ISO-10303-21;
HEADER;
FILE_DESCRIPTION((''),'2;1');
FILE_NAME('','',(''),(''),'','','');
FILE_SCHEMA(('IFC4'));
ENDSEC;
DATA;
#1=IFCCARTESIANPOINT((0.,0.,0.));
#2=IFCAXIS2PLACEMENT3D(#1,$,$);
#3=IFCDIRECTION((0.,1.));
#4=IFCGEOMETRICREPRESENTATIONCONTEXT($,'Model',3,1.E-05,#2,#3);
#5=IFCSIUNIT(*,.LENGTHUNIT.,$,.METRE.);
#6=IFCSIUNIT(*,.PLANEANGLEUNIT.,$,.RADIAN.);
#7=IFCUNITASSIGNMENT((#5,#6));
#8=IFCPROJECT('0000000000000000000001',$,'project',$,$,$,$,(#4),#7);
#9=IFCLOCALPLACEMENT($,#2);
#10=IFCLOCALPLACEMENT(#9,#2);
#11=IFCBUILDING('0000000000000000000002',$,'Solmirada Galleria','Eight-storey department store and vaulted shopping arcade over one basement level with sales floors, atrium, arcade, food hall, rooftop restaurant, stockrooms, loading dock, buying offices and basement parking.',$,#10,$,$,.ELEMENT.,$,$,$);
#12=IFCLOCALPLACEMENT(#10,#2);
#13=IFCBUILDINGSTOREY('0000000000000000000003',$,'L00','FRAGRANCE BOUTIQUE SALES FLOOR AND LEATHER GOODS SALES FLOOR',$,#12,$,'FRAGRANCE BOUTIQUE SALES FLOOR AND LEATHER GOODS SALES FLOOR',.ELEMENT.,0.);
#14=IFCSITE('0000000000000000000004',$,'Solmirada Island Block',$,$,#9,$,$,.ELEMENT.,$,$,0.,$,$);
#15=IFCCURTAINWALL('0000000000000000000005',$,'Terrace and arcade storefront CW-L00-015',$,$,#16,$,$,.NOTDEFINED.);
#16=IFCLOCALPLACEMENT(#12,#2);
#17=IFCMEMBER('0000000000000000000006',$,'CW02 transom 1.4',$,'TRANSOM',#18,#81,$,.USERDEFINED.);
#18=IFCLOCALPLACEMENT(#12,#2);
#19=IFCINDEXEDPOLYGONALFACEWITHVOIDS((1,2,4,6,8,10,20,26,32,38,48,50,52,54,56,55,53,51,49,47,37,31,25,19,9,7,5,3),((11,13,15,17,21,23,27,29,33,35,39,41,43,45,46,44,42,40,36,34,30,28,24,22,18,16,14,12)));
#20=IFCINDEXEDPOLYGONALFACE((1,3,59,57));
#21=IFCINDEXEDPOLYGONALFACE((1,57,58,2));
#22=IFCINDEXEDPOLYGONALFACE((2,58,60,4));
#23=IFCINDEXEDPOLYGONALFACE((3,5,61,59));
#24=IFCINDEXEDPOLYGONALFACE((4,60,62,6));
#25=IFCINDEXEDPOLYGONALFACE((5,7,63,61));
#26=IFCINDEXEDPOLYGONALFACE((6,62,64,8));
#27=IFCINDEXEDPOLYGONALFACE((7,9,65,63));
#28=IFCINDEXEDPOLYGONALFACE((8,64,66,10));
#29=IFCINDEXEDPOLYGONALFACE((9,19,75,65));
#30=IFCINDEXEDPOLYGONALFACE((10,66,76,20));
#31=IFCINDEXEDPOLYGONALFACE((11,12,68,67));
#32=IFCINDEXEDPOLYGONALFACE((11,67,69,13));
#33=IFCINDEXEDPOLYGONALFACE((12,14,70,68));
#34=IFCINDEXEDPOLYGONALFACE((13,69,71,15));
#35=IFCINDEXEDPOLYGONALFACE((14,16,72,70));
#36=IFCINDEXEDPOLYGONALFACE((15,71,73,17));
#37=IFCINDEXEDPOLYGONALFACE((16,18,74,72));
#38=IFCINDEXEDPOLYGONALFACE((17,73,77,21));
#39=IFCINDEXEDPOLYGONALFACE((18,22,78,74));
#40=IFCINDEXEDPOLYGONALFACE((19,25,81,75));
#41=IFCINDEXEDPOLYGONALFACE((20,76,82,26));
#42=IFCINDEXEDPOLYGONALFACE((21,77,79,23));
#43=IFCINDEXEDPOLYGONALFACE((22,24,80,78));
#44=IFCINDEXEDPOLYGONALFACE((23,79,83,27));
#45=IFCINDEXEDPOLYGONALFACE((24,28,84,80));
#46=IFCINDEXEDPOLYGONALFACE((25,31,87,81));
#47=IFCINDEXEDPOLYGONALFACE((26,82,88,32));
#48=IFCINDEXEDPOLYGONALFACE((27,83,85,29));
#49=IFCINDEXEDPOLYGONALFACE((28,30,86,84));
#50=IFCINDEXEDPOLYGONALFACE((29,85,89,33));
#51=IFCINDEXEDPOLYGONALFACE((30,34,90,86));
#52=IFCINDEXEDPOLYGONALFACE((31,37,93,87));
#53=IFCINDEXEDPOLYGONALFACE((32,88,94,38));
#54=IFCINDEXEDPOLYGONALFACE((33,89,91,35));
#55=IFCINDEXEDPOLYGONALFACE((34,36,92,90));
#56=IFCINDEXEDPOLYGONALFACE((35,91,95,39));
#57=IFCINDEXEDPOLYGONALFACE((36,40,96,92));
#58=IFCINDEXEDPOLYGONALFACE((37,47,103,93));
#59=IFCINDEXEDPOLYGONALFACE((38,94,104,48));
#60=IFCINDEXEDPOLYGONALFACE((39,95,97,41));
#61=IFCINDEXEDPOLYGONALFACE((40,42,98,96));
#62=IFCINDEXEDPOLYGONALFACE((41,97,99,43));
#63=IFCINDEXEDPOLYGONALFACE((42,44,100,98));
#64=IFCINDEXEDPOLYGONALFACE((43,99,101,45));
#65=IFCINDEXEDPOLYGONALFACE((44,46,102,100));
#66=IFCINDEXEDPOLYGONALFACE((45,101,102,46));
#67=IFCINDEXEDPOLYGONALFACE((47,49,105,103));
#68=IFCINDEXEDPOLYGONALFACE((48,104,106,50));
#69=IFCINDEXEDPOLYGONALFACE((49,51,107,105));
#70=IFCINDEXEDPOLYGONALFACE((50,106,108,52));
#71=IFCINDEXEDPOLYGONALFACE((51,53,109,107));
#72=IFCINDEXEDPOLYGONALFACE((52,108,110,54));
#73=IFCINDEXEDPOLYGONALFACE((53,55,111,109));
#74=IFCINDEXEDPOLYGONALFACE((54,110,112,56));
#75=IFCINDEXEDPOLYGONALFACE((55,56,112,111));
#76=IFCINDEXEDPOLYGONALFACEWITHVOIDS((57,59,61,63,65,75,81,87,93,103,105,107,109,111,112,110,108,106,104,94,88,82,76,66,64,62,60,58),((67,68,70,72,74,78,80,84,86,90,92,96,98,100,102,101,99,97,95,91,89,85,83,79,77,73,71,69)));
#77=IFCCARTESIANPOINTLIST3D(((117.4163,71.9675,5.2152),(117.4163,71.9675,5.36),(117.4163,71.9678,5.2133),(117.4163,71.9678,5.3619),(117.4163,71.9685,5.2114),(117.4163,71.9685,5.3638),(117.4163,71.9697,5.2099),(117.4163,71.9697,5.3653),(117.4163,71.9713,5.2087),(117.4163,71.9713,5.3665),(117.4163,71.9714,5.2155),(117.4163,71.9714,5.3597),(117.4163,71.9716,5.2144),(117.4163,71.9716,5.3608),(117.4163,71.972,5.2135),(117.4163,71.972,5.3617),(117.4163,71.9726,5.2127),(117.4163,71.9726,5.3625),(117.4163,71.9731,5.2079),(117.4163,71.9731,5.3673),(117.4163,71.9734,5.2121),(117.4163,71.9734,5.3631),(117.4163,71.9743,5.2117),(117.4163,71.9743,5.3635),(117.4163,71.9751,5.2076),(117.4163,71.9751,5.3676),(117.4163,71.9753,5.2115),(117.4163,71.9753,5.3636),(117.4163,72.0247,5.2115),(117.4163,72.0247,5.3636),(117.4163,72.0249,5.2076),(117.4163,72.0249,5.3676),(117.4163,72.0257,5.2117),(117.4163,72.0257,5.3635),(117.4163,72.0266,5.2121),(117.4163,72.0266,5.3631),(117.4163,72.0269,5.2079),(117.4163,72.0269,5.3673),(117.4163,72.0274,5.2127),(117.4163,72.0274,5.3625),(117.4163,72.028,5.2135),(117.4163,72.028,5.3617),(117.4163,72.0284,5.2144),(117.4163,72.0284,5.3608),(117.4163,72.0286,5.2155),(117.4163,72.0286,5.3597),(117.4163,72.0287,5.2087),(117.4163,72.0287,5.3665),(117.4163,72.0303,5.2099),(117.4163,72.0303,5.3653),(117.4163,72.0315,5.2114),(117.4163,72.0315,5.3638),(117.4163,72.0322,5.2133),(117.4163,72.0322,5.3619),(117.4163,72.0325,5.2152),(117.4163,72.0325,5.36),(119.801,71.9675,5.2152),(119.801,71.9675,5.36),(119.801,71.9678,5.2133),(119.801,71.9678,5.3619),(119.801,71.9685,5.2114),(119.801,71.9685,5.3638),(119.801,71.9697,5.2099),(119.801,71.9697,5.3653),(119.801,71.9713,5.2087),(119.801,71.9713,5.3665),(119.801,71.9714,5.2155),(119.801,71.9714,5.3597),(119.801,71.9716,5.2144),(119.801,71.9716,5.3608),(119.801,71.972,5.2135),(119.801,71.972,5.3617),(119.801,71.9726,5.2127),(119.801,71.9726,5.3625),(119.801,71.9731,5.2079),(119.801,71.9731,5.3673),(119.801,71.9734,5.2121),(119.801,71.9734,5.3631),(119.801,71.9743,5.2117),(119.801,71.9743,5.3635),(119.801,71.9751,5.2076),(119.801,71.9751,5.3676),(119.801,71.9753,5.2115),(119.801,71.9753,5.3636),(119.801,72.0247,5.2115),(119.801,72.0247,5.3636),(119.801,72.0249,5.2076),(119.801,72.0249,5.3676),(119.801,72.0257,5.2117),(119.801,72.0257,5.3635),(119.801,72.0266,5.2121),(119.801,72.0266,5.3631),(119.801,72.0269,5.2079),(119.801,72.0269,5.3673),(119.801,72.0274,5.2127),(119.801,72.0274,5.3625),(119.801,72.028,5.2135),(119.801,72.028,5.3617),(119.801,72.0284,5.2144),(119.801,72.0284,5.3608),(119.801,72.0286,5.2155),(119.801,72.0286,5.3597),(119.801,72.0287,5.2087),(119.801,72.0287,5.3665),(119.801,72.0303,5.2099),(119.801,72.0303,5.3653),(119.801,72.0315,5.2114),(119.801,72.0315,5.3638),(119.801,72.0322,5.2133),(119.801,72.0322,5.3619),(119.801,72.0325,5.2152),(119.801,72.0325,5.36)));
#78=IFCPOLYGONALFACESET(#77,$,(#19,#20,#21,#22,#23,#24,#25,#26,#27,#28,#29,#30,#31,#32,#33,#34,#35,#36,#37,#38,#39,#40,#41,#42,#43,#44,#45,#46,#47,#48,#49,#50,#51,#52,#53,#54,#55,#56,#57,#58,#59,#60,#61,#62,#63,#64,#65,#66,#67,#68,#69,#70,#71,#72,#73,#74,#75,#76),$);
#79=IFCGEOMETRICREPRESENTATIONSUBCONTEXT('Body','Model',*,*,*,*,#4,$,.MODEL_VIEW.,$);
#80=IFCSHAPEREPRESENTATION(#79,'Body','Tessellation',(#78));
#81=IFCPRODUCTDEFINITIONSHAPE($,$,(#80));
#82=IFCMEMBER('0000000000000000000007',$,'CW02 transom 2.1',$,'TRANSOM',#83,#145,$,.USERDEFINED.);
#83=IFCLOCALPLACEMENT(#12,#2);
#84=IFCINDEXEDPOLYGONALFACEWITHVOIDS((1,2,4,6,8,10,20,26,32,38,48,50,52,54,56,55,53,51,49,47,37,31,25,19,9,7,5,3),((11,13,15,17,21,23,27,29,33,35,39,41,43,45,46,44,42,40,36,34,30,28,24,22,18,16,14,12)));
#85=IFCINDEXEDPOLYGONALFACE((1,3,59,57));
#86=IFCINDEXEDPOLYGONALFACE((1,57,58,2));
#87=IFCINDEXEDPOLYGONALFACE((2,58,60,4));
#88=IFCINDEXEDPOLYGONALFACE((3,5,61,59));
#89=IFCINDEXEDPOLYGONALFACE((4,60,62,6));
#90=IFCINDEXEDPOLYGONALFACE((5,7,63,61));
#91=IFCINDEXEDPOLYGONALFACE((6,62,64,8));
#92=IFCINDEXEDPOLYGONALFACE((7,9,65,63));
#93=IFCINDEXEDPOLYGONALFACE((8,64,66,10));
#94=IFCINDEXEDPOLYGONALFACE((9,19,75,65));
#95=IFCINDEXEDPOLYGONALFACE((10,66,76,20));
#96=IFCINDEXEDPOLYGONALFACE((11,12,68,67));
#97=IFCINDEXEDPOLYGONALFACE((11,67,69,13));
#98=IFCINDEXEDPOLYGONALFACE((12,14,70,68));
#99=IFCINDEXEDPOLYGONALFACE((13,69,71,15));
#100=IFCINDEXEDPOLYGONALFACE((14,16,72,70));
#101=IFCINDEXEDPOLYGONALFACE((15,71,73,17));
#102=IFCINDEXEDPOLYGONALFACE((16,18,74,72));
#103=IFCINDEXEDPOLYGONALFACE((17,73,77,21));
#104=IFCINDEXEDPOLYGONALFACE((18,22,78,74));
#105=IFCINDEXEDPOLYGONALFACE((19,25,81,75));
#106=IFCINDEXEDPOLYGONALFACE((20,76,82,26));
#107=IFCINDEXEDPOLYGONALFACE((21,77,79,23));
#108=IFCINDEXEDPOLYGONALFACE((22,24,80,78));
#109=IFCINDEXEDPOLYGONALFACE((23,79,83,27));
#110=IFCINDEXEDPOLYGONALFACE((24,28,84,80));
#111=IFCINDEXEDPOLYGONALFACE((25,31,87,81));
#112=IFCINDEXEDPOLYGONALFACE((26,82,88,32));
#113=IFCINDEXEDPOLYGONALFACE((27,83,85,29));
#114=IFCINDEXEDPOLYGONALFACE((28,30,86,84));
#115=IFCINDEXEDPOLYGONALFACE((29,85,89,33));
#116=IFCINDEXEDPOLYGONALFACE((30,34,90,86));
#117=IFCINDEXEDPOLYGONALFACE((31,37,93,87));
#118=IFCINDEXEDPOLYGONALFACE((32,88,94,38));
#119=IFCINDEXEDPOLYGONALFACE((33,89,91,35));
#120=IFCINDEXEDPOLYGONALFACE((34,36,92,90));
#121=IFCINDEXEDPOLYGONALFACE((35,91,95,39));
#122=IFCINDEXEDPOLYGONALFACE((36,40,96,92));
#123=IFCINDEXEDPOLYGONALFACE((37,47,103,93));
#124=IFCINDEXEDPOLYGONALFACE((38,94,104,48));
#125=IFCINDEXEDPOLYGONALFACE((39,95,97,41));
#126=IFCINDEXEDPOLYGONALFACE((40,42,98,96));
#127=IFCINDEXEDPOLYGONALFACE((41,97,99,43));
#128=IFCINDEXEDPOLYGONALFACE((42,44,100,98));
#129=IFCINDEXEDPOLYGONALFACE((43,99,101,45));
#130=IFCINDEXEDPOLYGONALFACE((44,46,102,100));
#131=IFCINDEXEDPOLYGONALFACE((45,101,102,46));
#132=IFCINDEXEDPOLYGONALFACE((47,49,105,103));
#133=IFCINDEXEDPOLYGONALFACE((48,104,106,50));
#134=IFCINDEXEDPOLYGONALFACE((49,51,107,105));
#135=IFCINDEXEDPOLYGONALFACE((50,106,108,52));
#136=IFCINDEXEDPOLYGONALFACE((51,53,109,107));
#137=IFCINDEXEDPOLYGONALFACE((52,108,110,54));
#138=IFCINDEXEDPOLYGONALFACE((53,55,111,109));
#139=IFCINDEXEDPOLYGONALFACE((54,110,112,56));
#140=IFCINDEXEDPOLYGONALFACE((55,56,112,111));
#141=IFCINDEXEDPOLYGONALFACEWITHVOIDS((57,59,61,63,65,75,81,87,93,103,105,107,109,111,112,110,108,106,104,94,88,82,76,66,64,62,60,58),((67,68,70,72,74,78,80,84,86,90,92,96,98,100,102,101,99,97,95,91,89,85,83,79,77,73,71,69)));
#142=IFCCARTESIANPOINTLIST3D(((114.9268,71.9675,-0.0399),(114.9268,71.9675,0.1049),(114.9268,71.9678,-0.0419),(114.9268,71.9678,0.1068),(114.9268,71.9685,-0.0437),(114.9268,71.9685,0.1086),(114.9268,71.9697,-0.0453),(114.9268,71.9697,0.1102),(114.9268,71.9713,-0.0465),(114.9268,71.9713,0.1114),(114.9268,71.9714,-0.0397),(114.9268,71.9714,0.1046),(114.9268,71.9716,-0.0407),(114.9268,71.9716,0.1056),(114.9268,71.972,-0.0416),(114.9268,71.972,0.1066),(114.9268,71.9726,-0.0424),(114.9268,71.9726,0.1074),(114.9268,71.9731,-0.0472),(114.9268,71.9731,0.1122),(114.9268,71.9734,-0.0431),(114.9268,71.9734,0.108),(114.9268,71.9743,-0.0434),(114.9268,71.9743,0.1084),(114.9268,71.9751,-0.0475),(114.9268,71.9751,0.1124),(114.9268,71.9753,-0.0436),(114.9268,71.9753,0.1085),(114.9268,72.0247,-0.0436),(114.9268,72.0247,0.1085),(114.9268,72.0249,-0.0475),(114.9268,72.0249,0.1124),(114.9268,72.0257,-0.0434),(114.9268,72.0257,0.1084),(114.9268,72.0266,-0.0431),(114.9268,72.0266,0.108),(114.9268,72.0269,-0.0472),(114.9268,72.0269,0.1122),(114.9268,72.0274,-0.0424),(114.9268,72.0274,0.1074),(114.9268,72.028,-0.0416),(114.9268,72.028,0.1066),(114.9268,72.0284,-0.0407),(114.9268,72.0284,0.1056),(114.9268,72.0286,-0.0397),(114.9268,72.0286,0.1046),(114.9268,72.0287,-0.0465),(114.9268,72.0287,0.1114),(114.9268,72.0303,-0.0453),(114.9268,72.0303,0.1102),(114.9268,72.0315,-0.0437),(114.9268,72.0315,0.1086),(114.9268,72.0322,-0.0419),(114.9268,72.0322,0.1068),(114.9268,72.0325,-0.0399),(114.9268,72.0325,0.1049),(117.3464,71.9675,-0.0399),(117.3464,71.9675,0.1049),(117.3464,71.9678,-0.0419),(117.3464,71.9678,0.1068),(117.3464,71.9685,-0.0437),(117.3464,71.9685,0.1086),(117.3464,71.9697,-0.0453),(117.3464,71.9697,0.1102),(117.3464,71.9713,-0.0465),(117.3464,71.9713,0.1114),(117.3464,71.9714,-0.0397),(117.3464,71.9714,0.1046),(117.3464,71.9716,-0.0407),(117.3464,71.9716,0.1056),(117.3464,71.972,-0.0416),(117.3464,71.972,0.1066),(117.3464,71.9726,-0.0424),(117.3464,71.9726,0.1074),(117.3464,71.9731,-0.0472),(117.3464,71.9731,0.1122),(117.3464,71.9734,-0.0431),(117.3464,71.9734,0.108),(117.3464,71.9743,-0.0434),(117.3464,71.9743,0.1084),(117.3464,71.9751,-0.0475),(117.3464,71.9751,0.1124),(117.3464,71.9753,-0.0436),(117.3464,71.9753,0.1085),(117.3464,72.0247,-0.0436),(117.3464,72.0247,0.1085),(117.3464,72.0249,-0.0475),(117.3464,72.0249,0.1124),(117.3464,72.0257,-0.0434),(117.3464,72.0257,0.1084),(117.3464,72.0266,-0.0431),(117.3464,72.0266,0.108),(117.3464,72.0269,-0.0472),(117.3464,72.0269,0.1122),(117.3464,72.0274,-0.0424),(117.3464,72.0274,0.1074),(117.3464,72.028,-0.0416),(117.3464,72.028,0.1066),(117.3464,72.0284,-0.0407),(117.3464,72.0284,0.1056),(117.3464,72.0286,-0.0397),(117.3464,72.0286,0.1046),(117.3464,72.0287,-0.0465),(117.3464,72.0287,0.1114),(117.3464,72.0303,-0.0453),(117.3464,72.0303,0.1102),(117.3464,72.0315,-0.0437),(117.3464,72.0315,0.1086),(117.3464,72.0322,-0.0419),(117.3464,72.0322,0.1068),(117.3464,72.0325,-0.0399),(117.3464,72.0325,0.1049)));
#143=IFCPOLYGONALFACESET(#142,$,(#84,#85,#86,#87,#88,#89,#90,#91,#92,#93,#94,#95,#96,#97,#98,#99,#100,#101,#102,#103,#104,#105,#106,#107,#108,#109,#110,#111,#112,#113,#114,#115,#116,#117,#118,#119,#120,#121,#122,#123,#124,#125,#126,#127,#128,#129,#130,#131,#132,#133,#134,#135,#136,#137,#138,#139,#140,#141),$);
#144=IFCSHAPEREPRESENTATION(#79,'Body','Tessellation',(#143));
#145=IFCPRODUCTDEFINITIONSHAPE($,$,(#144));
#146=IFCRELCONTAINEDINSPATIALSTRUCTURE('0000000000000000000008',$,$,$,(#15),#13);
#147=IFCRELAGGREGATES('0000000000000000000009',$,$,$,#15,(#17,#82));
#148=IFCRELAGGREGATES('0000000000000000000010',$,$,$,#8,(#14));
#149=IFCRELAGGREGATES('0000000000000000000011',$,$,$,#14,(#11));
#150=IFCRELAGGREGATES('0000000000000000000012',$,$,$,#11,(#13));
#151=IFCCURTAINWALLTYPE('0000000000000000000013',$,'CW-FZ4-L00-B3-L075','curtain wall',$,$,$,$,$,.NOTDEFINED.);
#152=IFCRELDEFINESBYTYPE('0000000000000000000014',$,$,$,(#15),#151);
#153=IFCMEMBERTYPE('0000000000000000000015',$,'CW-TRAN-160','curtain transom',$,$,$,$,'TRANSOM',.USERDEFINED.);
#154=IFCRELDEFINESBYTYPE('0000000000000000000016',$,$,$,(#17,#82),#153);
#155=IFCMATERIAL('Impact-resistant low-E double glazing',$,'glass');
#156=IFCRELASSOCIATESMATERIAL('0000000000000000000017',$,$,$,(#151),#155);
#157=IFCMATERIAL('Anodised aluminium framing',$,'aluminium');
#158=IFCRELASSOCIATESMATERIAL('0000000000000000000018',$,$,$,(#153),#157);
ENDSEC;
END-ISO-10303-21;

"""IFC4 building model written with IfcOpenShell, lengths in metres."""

from ifc_helpers import new_model, si_unit, direction, frame, origin, origin_2d, place, context, subcontext, project, spatial, hollow_rectangle, extrude, material, material_profile, profile_set, type_object, element, aggregate, save


model = new_model("IFC4")

# Units and contexts
model_context = context("Model", 3, precision=1e-05, world=origin(), true_north=direction((0.0, 1.0)))
body_context = subcontext(model_context, "Body", "Model", "MODEL_VIEW")
ifc_project = project(units=[si_unit("LENGTHUNIT", "METRE"), si_unit("PLANEANGLEUNIT", "RADIAN")], contexts=[model_context])

# Site, building, storey
site_placement = place(None, origin())
site = spatial("IfcSite", under=ifc_project, at=site_placement, Name="Solmirada Island Block", CompositionType="ELEMENT", RefElevation=0.0)
building_placement = place(site_placement, origin())
building = spatial("IfcBuilding", under=site, at=building_placement, Name="Solmirada Galleria", Description="Eight-storey department store and vaulted shopping arcade over one basement level with sales floors, atrium, arcade, food hall, rooftop restaurant, stockrooms, loading dock, buying offices and basement parking.", CompositionType="ELEMENT")
storey_placement = place(building_placement, origin())
storey = spatial("IfcBuildingStorey", under=building, at=storey_placement, Name="L00", Description="FRAGRANCE BOUTIQUE SALES FLOOR AND LEATHER GOODS SALES FLOOR", LongName="FRAGRANCE BOUTIQUE SALES FLOOR AND LEATHER GOODS SALES FLOOR", CompositionType="ELEMENT", Elevation=0.0)

# Curtain wall
ifc_material_1 = material(Name="Impact-resistant low-E double glazing", Category="glass")
curtain_wall_type_1 = type_object("IfcCurtainWallType", Name="CW-FZ4-L00-B3-L075", Description="curtain wall", PredefinedType="NOTDEFINED", material=ifc_material_1)
curtain_wall_1_placement = place(storey_placement, origin())
curtain_wall_1 = element("IfcCurtainWall", 1, at=curtain_wall_1_placement, inside=storey, type_object=curtain_wall_type_1, Name="Terrace and arcade storefront CW-L00-015", PredefinedType="NOTDEFINED")
ifc_material_2 = material(Name="Anodised aluminium framing", Category="aluminium")

# Members
ifc_material_profile_1 = material_profile(ifc_material_2, hollow_rectangle(XDim=0.0649, YDim=0.1599, WallThickness=0.0039, InnerFilletRadius=0.0039, OuterFilletRadius=0.0076, at=origin_2d()), Name="ALU-TRAN-160X65")
ifc_profile_set_1 = profile_set([ifc_material_profile_1], Name="Anodised aluminium framing")
member_type_1 = type_object("IfcMemberType", Name="CW-TRAN-160", Description="curtain transom", ElementType="TRANSOM", PredefinedType="USERDEFINED", material=ifc_profile_set_1)
member_1_placement = place(storey_placement, frame((119.801, 72.0, 5.2876), z_axis=(-1.0, 0.0, 0.0), x_axis=(0.0, -1.0, 0.0)))
member_1 = element("IfcMember", 2, at=member_1_placement, type_object=member_type_1, Name="CW02 transom 1.4", ObjectType="TRANSOM", PredefinedType="USERDEFINED", context=body_context, shape_type="SweptSolid", body=[
    extrude(hollow_rectangle(XDim=0.0649, YDim=0.1599, WallThickness=0.0039, InnerFilletRadius=0.0039, OuterFilletRadius=0.0076, at=origin_2d()), origin(), (0.0, 0.0, 1.0), 2.3848),
])
member_2_placement = place(storey_placement, frame((117.3464, 72.0, 0.0325), z_axis=(-1.0, 0.0, 0.0), x_axis=(0.0, -1.0, 0.0)))
member_2 = element("IfcMember", 3, at=member_2_placement, type_object=member_type_1, Name="CW02 transom 2.1", ObjectType="TRANSOM", PredefinedType="USERDEFINED", context=body_context, shape_type="SweptSolid", body=[
    extrude(hollow_rectangle(XDim=0.0649, YDim=0.1599, WallThickness=0.0039, InnerFilletRadius=0.0039, OuterFilletRadius=0.0076, at=origin_2d()), origin(), (0.0, 0.0, 1.0), 2.4197),
])

aggregate(curtain_wall_1, [member_1, member_2])

save(model, "model.ifc")
